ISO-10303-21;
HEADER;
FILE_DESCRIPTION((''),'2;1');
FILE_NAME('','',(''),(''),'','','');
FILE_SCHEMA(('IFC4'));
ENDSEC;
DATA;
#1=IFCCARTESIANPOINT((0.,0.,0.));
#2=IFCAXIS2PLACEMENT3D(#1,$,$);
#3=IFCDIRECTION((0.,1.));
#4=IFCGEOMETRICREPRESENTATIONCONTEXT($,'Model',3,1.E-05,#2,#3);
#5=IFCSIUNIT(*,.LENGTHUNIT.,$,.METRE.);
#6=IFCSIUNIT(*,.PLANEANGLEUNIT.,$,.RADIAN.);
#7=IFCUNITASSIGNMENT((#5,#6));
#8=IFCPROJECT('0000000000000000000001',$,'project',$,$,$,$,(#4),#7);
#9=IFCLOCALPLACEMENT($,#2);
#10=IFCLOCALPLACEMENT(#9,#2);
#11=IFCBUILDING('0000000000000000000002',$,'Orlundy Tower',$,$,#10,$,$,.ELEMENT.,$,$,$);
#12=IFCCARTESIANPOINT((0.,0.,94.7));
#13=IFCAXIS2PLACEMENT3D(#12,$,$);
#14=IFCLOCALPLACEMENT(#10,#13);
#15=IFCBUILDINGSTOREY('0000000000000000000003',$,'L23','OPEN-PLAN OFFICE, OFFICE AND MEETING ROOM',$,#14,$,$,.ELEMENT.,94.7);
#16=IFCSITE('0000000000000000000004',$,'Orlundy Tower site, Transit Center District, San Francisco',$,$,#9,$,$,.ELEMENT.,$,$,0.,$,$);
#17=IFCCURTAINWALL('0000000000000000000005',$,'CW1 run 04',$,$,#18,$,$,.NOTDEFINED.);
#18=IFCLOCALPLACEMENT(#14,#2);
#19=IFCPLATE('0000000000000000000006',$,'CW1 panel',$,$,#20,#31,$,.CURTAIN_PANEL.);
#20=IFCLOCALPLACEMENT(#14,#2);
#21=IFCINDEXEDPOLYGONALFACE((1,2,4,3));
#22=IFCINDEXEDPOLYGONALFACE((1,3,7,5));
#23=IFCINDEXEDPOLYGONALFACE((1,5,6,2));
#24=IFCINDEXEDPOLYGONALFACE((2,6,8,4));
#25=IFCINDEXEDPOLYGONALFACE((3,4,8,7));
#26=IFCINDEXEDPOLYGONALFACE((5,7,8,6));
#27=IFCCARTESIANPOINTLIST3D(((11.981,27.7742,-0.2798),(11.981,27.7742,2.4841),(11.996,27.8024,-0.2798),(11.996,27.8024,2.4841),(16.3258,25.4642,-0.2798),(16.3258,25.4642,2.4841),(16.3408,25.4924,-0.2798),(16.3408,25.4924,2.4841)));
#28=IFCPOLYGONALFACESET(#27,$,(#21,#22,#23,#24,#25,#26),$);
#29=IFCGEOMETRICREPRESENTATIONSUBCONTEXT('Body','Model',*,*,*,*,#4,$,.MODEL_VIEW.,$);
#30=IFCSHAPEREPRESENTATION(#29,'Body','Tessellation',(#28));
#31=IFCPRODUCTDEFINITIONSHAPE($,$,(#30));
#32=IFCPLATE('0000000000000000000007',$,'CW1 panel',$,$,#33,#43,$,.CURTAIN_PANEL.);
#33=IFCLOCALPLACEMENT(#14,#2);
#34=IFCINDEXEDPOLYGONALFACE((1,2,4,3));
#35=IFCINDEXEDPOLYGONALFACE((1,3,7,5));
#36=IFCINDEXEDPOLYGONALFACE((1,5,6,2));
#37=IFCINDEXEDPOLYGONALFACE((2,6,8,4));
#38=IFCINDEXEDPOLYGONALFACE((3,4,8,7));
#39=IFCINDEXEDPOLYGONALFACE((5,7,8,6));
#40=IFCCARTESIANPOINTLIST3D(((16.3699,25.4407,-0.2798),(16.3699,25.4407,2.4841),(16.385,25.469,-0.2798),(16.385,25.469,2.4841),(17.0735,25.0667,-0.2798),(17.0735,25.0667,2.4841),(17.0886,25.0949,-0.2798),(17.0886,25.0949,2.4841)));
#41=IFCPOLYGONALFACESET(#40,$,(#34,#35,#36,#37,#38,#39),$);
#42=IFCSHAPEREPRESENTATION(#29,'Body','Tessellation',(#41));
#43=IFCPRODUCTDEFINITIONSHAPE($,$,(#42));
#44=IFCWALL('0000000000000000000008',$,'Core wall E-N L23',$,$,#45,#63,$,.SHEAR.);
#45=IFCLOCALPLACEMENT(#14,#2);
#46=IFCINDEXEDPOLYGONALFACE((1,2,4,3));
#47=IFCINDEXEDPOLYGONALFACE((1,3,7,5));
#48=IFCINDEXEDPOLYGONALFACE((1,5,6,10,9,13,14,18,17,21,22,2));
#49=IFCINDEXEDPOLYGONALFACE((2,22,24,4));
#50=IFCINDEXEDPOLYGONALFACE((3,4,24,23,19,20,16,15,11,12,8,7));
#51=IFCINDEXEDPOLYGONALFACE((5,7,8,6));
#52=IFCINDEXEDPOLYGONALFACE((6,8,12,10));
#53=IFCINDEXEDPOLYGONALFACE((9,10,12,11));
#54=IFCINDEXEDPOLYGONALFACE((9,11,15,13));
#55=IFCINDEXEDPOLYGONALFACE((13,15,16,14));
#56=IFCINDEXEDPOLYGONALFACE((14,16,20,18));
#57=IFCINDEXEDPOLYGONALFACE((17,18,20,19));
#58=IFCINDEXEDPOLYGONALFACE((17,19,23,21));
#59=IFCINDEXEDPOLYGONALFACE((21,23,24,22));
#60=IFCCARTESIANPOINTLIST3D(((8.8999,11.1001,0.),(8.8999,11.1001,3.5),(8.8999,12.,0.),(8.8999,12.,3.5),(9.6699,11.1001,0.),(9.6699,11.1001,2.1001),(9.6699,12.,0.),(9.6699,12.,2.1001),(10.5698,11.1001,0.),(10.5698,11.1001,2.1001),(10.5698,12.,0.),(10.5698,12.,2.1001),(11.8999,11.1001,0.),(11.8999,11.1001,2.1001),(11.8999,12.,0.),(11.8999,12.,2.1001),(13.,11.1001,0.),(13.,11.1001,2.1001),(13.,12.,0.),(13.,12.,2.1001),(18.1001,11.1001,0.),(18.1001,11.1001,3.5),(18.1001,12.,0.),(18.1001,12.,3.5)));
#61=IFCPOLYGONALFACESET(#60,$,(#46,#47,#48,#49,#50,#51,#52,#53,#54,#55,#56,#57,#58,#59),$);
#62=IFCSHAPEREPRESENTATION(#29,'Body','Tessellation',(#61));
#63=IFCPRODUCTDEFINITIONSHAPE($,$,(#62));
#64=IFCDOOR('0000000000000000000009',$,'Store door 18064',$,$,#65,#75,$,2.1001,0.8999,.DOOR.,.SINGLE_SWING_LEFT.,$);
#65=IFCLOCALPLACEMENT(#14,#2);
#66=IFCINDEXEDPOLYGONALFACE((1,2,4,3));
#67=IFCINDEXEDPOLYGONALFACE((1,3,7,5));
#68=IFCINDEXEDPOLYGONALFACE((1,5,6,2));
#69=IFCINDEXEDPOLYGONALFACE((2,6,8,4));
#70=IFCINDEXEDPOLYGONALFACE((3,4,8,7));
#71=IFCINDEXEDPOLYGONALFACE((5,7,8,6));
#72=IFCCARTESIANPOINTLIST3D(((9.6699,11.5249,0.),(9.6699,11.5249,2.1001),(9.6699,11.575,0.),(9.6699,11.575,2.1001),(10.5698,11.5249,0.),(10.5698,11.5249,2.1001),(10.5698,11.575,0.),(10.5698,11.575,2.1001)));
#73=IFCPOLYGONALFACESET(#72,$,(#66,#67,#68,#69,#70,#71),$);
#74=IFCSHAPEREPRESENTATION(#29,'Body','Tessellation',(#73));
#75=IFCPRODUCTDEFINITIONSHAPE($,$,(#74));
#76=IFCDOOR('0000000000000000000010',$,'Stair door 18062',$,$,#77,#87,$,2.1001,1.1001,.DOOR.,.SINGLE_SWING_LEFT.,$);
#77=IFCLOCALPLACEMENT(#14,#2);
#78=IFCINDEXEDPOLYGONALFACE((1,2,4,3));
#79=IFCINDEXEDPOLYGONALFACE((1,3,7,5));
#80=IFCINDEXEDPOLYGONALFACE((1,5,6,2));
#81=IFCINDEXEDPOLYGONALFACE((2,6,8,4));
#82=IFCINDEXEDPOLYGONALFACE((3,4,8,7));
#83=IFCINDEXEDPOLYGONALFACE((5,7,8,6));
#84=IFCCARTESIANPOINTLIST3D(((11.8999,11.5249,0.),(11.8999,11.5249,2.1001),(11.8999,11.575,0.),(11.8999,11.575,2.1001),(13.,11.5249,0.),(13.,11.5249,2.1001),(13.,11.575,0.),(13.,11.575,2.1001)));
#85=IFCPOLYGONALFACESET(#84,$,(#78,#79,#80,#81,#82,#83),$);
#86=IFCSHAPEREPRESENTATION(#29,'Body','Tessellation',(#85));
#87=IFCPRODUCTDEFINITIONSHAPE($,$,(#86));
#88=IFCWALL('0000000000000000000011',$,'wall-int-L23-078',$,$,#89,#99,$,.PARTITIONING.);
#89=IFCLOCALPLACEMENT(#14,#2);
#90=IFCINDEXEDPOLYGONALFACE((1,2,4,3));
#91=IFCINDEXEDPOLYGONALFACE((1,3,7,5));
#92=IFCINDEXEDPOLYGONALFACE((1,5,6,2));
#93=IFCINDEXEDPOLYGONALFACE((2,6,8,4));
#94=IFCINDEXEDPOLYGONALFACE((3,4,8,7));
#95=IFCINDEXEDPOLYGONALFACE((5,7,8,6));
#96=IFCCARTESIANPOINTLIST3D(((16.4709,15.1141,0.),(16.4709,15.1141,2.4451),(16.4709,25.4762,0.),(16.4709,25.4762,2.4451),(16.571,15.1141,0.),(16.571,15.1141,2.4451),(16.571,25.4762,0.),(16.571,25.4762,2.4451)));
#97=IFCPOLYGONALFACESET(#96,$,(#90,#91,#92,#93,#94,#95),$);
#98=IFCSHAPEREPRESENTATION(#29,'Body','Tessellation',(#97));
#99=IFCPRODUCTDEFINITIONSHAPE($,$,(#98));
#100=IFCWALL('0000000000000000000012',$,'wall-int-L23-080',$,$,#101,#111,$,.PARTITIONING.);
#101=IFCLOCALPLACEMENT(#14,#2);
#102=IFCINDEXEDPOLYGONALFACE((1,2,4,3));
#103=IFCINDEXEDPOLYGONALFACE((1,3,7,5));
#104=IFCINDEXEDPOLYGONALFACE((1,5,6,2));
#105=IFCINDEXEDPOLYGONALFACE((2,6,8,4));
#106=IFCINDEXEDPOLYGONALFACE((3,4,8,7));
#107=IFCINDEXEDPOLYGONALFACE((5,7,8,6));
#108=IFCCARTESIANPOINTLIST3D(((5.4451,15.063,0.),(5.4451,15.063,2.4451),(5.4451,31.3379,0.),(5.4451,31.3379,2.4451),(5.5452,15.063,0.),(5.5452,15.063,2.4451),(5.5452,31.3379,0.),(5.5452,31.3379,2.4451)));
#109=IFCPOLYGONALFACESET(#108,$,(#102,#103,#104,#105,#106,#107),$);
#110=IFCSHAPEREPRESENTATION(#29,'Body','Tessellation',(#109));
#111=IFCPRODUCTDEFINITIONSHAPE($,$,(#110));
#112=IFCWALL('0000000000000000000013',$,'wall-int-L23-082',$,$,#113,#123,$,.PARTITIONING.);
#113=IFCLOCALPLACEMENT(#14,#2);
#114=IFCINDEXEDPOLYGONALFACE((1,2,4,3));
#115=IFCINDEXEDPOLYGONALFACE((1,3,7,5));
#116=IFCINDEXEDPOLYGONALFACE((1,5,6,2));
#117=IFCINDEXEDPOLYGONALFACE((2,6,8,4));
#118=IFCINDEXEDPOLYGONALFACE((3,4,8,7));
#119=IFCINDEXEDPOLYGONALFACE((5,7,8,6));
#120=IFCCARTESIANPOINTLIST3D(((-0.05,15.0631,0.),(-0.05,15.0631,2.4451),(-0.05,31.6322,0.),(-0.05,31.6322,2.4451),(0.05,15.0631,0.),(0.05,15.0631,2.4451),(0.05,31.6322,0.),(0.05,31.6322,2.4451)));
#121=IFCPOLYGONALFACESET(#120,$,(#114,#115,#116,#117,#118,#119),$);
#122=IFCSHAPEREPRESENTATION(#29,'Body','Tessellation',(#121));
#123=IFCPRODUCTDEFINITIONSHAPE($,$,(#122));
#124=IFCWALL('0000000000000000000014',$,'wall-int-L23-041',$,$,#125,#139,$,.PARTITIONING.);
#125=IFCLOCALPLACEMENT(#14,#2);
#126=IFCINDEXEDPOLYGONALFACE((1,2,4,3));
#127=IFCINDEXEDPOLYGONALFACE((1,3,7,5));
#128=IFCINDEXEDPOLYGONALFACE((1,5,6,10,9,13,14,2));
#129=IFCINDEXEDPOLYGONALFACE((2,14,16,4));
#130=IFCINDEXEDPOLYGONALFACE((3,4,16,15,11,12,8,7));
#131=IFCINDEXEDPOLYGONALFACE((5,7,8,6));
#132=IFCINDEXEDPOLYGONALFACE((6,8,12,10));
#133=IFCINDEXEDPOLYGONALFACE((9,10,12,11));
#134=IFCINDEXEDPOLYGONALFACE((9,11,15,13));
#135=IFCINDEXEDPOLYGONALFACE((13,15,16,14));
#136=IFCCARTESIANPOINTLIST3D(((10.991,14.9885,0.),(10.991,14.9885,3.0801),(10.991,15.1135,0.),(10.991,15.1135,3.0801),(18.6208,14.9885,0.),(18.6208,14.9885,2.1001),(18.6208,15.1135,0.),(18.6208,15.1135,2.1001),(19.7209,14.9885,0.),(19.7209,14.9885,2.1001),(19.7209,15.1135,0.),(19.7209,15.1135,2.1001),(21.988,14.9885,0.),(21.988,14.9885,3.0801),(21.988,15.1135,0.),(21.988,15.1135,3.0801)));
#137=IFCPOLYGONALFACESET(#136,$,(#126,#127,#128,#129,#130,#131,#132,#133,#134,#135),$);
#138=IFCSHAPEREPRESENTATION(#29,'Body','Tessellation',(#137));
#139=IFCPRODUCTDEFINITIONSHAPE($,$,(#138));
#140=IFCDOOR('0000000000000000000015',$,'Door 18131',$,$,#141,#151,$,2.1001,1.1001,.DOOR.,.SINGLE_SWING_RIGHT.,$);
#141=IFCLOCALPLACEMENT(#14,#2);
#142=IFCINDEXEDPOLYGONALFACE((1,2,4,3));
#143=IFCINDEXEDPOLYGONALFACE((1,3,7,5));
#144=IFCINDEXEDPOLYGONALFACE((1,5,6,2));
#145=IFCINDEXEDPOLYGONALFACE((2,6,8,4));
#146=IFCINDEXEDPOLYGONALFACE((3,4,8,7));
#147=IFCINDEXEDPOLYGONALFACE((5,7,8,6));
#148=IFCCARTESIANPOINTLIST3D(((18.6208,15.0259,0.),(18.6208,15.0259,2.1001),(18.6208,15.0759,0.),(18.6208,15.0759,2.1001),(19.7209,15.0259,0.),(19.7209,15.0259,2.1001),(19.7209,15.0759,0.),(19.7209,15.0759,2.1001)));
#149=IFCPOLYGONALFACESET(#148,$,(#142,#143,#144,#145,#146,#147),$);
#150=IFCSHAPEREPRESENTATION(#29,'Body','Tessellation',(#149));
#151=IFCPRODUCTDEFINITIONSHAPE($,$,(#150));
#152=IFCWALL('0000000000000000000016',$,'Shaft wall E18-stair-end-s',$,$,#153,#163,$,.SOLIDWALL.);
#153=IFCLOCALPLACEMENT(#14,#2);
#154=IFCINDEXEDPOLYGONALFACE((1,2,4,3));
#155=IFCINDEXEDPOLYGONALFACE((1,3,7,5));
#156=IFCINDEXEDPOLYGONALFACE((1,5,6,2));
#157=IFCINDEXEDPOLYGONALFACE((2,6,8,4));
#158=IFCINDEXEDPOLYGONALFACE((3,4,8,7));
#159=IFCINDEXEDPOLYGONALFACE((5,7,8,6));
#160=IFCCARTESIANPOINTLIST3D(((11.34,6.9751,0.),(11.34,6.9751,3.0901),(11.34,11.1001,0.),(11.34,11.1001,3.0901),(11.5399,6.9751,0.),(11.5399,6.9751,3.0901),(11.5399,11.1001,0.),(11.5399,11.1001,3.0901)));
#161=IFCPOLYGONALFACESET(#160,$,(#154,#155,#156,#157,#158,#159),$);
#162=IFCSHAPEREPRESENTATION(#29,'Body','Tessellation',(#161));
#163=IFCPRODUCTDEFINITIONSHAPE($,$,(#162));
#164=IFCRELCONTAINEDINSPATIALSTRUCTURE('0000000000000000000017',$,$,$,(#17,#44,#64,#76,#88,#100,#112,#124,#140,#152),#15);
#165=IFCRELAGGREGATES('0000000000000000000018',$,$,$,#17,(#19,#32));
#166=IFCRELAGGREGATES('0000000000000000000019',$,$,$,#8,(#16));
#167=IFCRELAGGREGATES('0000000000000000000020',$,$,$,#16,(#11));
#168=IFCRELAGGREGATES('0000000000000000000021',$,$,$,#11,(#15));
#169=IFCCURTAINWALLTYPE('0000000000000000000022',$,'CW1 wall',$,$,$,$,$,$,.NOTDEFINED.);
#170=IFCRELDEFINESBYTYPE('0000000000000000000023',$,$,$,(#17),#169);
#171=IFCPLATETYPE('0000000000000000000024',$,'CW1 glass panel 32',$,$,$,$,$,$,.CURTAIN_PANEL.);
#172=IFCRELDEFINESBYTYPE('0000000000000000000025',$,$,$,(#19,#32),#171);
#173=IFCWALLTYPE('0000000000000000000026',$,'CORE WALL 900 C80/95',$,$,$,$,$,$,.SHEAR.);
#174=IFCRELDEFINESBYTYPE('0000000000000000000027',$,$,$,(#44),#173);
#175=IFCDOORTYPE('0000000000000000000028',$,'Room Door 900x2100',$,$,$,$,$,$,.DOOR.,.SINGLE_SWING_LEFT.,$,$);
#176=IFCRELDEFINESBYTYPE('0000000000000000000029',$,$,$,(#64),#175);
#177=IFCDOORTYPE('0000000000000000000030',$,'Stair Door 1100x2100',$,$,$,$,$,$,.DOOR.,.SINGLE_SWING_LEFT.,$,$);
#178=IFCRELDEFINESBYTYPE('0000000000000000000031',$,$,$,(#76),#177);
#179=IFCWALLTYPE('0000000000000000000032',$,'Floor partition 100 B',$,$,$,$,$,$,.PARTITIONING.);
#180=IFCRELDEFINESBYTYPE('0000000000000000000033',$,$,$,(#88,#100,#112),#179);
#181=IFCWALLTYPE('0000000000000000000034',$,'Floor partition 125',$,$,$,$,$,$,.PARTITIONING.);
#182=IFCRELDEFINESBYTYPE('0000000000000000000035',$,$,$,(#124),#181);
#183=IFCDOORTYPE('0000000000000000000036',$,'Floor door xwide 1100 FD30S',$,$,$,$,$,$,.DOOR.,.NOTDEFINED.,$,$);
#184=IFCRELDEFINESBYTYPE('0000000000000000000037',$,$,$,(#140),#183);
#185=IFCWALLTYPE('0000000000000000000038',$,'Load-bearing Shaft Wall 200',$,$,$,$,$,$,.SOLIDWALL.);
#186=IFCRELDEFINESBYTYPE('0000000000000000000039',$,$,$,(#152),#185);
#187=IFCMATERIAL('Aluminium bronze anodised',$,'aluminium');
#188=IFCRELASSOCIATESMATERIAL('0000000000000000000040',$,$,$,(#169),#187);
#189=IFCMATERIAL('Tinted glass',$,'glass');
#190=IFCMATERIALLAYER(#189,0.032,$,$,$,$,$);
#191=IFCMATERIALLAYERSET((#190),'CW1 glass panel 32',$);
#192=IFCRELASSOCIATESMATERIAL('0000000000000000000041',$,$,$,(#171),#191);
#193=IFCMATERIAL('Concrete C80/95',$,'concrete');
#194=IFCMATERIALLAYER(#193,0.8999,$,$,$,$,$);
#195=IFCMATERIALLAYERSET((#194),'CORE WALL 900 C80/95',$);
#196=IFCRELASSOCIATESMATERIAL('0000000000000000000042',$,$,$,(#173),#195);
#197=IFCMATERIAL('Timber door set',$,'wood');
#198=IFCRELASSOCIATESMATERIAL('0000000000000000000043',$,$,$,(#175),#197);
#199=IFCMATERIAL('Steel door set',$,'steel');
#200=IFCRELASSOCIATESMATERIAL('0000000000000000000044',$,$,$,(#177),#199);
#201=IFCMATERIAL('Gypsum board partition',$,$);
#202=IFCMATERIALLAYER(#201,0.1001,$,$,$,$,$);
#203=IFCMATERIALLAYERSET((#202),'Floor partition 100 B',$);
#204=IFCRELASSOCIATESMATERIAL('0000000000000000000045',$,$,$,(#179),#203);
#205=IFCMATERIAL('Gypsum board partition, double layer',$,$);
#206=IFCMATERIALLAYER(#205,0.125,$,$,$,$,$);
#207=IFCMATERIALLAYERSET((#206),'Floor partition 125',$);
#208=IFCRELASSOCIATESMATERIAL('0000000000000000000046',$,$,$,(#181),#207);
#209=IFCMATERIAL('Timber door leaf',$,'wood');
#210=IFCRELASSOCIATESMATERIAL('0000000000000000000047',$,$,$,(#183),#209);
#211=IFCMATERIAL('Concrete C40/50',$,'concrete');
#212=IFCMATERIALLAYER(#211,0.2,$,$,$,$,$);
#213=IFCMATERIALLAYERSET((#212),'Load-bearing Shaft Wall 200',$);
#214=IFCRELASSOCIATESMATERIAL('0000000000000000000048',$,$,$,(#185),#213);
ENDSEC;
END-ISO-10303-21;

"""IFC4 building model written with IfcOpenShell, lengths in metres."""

from ifc_helpers import new_model, si_unit, direction, frame, frame_2d, origin, origin_2d, place, context, subcontext, project, spatial, rectangle, extrude, material, layer, layer_set, type_object, element, fill, aggregate, save


model = new_model("IFC4")

# Units and contexts
model_context = context("Model", 3, precision=1e-05, world=origin(), true_north=direction((0.0, 1.0)))
body_context = subcontext(model_context, "Body", "Model", "MODEL_VIEW")
ifc_project = project(units=[si_unit("LENGTHUNIT", "METRE"), si_unit("PLANEANGLEUNIT", "RADIAN")], contexts=[model_context])

# Site, building, storey
site_placement = place(None, origin())
site = spatial("IfcSite", under=ifc_project, at=site_placement, Name="Orlundy Tower site, Transit Center District, San Francisco", CompositionType="ELEMENT", RefElevation=0.0)
building_placement = place(site_placement, origin())
building = spatial("IfcBuilding", under=site, at=building_placement, Name="Orlundy Tower", CompositionType="ELEMENT")
storey_placement = place(building_placement, frame((0.0, 0.0, 94.7)))
storey = spatial("IfcBuildingStorey", under=building, at=storey_placement, Name="L23", Description="OPEN-PLAN OFFICE, OFFICE AND MEETING ROOM", CompositionType="ELEMENT", Elevation=94.7)

# Curtain wall
ifc_material_1 = material(Name="Aluminium bronze anodised", Category="aluminium")
curtain_wall_type = type_object("IfcCurtainWallType", Name="CW1 wall", PredefinedType="NOTDEFINED", material=ifc_material_1)
curtain_wall_1_placement = place(storey_placement, origin())
curtain_wall_1 = element("IfcCurtainWall", 1, at=curtain_wall_1_placement, inside=storey, type_object=curtain_wall_type, Name="CW1 run 04", PredefinedType="NOTDEFINED")

# Shared definitions
ifc_material_2 = material(Name="Tinted glass", Category="glass")
ifc_layer_1 = layer(ifc_material_2, 0.032)
ifc_layer_set_1 = layer_set([ifc_layer_1], Name="CW1 glass panel 32")
plate_type = type_object("IfcPlateType", Name="CW1 glass panel 32", PredefinedType="CURTAIN_PANEL", material=ifc_layer_set_1)

# Plates
plate_1_placement = place(storey_placement, frame((14.1609, 26.6333, -0.2798), z_axis=(0.0, 0.0, 1.0), x_axis=(0.882961, -0.469445, 0.0)))
plate_1 = element("IfcPlate", 2, at=plate_1_placement, type_object=plate_type, Name="CW1 panel", PredefinedType="CURTAIN_PANEL", context=body_context, shape_type="SweptSolid", body=[
    extrude(rectangle(XDim=4.9207, YDim=0.032, at=origin_2d()), origin(), (0.0, 0.0, 1.0), 2.7639),
])
plate_2_placement = place(storey_placement, frame((16.7292, 25.2678, -0.2798), z_axis=(0.0, 0.0, 1.0), x_axis=(0.882961, -0.469445, 0.0)))
plate_2 = element("IfcPlate", 3, at=plate_2_placement, type_object=plate_type, Name="CW1 panel", PredefinedType="CURTAIN_PANEL", context=body_context, shape_type="SweptSolid", body=[
    extrude(rectangle(XDim=0.7969, YDim=0.032, at=origin_2d()), origin(), (0.0, 0.0, 1.0), 2.7639),
])
aggregate(curtain_wall_1, [plate_1, plate_2])

# Wall, openings, doors
ifc_material_3 = material(Name="Concrete C80/95", Category="concrete")
ifc_layer_2 = layer(ifc_material_3, 0.8999)
ifc_layer_set_2 = layer_set([ifc_layer_2], Name="CORE WALL 900 C80/95")
wall_type_1 = type_object("IfcWallType", Name="CORE WALL 900 C80/95", PredefinedType="SHEAR", material=ifc_layer_set_2)
wall_1_placement = place(storey_placement, frame((8.8999, 11.55, 0.0), z_axis=(0.0, 0.0, 1.0), x_axis=(1.0, 0.0, 0.0)))
wall_1 = element("IfcWall", 4, at=wall_1_placement, inside=storey, type_object=wall_type_1, Name="Core wall E-N L23", PredefinedType="SHEAR", context=body_context, shape_type="SweptSolid", body=[
    extrude(rectangle(XDim=9.2002, YDim=0.8999, at=frame_2d((4.6001, 0.0))), origin(), (0.0, 0.0, 1.0), 3.5),
])
opening_1_placement = place(wall_1_placement, frame((3.0, 0.0, 0.0)))
opening_1 = element("IfcOpeningElement", 5, at=opening_1_placement, cuts=wall_1, PredefinedType="OPENING", context=body_context, shape_type="SweptSolid", body=[
    extrude(rectangle(XDim=1.1001, YDim=2.1001, at=frame_2d((0.55, 1.05))), frame((0.0, 0.46, 0.0), z_axis=(0.0, -1.0, 0.0), x_axis=(1.0, 0.0, 0.0)), (0.0, 0.0, 1.0), 0.9199),
])
opening_2_placement = place(wall_1_placement, frame((0.77, 0.0, 0.0)))
opening_2 = element("IfcOpeningElement", 6, at=opening_2_placement, cuts=wall_1, PredefinedType="OPENING", context=body_context, shape_type="SweptSolid", body=[
    extrude(rectangle(XDim=0.8999, YDim=2.1001, at=frame_2d((0.45, 1.05))), frame((0.0, 0.46, 0.0), z_axis=(0.0, -1.0, 0.0), x_axis=(1.0, 0.0, 0.0)), (0.0, 0.0, 1.0), 0.9199),
])
ifc_material_4 = material(Name="Timber door set", Category="wood")
door_type_1 = type_object("IfcDoorType", Name="Room Door 900x2100", OperationType="SINGLE_SWING_LEFT", PredefinedType="DOOR", material=ifc_material_4)
door_1_placement = place(opening_2_placement, origin())
door_1 = element("IfcDoor", 7, at=door_1_placement, inside=storey, type_object=door_type_1, Name="Store door 18064", OperationType="SINGLE_SWING_LEFT", OverallHeight=2.1001, OverallWidth=0.8999, PredefinedType="DOOR", context=body_context, shape_type="SweptSolid", body=[
    extrude(rectangle(XDim=0.8999, YDim=2.1001, at=frame_2d((0.45, 1.05))), frame((0.0, 0.0249, 0.0), z_axis=(0.0, -1.0, 0.0), x_axis=(1.0, 0.0, 0.0)), (0.0, 0.0, 1.0), 0.05),
])
fill(opening_2, door_1)
ifc_material_5 = material(Name="Steel door set", Category="steel")
door_type_2 = type_object("IfcDoorType", Name="Stair Door 1100x2100", OperationType="SINGLE_SWING_LEFT", PredefinedType="DOOR", material=ifc_material_5)
door_2_placement = place(opening_1_placement, origin())
door_2 = element("IfcDoor", 8, at=door_2_placement, inside=storey, type_object=door_type_2, Name="Stair door 18062", OperationType="SINGLE_SWING_LEFT", OverallHeight=2.1001, OverallWidth=1.1001, PredefinedType="DOOR", context=body_context, shape_type="SweptSolid", body=[
    extrude(rectangle(XDim=1.1001, YDim=2.1001, at=frame_2d((0.55, 1.05))), frame((0.0, 0.0249, 0.0), z_axis=(0.0, -1.0, 0.0), x_axis=(1.0, 0.0, 0.0)), (0.0, 0.0, 1.0), 0.05),
])
fill(opening_1, door_2)

# Walls
ifc_material_6 = material(Name="Gypsum board partition")
ifc_layer_3 = layer(ifc_material_6, 0.1001)
ifc_layer_set_3 = layer_set([ifc_layer_3], Name="Floor partition 100 B")
wall_type_2 = type_object("IfcWallType", Name="Floor partition 100 B", PredefinedType="PARTITIONING", material=ifc_layer_set_3)
wall_2_placement = place(storey_placement, frame((16.521, 15.114, 0.0), z_axis=(0.0, 0.0, 1.0), x_axis=(0.0, 1.0, 0.0)))
element("IfcWall", 9, at=wall_2_placement, inside=storey, type_object=wall_type_2, Name="wall-int-L23-078", PredefinedType="PARTITIONING", context=body_context, shape_type="SweptSolid", body=[
    extrude(rectangle(XDim=10.3621, YDim=0.1001, at=frame_2d((5.1812, 0.0))), origin(), (0.0, 0.0, 1.0), 2.4451),
])
wall_3_placement = place(storey_placement, frame((5.4951, 15.063, 0.0), z_axis=(0.0, 0.0, 1.0), x_axis=(0.0, 1.0, 0.0)))
element("IfcWall", 10, at=wall_3_placement, inside=storey, type_object=wall_type_2, Name="wall-int-L23-080", PredefinedType="PARTITIONING", context=body_context, shape_type="SweptSolid", body=[
    extrude(rectangle(XDim=16.2749, YDim=0.1001, at=frame_2d((8.1375, 0.0))), origin(), (0.0, 0.0, 1.0), 2.4451),
])
wall_4_placement = place(storey_placement, frame((0.0, 15.063, 0.0), z_axis=(0.0, 0.0, 1.0), x_axis=(0.0, 1.0, 0.0)))
element("IfcWall", 11, at=wall_4_placement, inside=storey, type_object=wall_type_2, Name="wall-int-L23-082", PredefinedType="PARTITIONING", context=body_context, shape_type="SweptSolid", body=[
    extrude(rectangle(XDim=16.5691, YDim=0.1001, at=frame_2d((8.2847, 0.0))), origin(), (0.0, 0.0, 1.0), 2.4451),
])

# Wall, opening, door
ifc_material_7 = material(Name="Gypsum board partition, double layer")
ifc_layer_4 = layer(ifc_material_7, 0.125)
ifc_layer_set_4 = layer_set([ifc_layer_4], Name="Floor partition 125")
wall_type_3 = type_object("IfcWallType", Name="Floor partition 125", PredefinedType="PARTITIONING", material=ifc_layer_set_4)
wall_5_placement = place(storey_placement, frame((10.991, 15.051, 0.0), z_axis=(0.0, 0.0, 1.0), x_axis=(1.0, 0.0, 0.0)))
wall_5 = element("IfcWall", 12, at=wall_5_placement, inside=storey, type_object=wall_type_3, Name="wall-int-L23-041", PredefinedType="PARTITIONING", context=body_context, shape_type="SweptSolid", body=[
    extrude(rectangle(XDim=10.9971, YDim=0.125, at=frame_2d((5.4985, 0.0))), origin(), (0.0, 0.0, 1.0), 3.0801),
])
opening_3_placement = place(wall_5_placement, frame((7.6299, 0.0, 0.0)))
opening_3 = element("IfcOpeningElement", 13, at=opening_3_placement, cuts=wall_5, PredefinedType="OPENING", context=body_context, shape_type="SweptSolid", body=[
    extrude(rectangle(XDim=1.1001, YDim=2.1001, at=frame_2d((0.55, 1.05))), frame((0.0, 0.0725, 0.0), z_axis=(0.0, -1.0, 0.0), x_axis=(1.0, 0.0, 0.0)), (0.0, 0.0, 1.0), 0.145),
])
ifc_material_8 = material(Name="Timber door leaf", Category="wood")
door_type_3 = type_object("IfcDoorType", Name="Floor door xwide 1100 FD30S", OperationType="NOTDEFINED", PredefinedType="DOOR", material=ifc_material_8)
door_3_placement = place(opening_3_placement, origin())
door_3 = element("IfcDoor", 14, at=door_3_placement, inside=storey, type_object=door_type_3, Name="Door 18131", OperationType="SINGLE_SWING_RIGHT", OverallHeight=2.1001, OverallWidth=1.1001, PredefinedType="DOOR", context=body_context, shape_type="SweptSolid", body=[
    extrude(rectangle(XDim=1.1001, YDim=2.1001, at=frame_2d((0.55, 1.05))), frame((0.0, 0.0249, 0.0), z_axis=(0.0, -1.0, 0.0), x_axis=(1.0, 0.0, 0.0)), (0.0, 0.0, 1.0), 0.05),
])
fill(opening_3, door_3)

# Wall
ifc_material_9 = material(Name="Concrete C40/50", Category="concrete")
ifc_layer_5 = layer(ifc_material_9, 0.2)
ifc_layer_set_5 = layer_set([ifc_layer_5], Name="Load-bearing Shaft Wall 200")
wall_type_4 = type_object("IfcWallType", Name="Load-bearing Shaft Wall 200", PredefinedType="SOLIDWALL", material=ifc_layer_set_5)
wall_6_placement = place(storey_placement, frame((11.4399, 11.1001, 0.0), z_axis=(0.0, 0.0, 1.0), x_axis=(0.0, -1.0, 0.0)))
element("IfcWall", 15, at=wall_6_placement, inside=storey, type_object=wall_type_4, Name="Shaft wall E18-stair-end-s", PredefinedType="SOLIDWALL", context=body_context, shape_type="SweptSolid", body=[
    extrude(rectangle(XDim=4.125, YDim=0.2, at=frame_2d((2.0625, 0.0))), origin(), (0.0, 0.0, 1.0), 3.0901),
])

save(model, "model.ifc")
